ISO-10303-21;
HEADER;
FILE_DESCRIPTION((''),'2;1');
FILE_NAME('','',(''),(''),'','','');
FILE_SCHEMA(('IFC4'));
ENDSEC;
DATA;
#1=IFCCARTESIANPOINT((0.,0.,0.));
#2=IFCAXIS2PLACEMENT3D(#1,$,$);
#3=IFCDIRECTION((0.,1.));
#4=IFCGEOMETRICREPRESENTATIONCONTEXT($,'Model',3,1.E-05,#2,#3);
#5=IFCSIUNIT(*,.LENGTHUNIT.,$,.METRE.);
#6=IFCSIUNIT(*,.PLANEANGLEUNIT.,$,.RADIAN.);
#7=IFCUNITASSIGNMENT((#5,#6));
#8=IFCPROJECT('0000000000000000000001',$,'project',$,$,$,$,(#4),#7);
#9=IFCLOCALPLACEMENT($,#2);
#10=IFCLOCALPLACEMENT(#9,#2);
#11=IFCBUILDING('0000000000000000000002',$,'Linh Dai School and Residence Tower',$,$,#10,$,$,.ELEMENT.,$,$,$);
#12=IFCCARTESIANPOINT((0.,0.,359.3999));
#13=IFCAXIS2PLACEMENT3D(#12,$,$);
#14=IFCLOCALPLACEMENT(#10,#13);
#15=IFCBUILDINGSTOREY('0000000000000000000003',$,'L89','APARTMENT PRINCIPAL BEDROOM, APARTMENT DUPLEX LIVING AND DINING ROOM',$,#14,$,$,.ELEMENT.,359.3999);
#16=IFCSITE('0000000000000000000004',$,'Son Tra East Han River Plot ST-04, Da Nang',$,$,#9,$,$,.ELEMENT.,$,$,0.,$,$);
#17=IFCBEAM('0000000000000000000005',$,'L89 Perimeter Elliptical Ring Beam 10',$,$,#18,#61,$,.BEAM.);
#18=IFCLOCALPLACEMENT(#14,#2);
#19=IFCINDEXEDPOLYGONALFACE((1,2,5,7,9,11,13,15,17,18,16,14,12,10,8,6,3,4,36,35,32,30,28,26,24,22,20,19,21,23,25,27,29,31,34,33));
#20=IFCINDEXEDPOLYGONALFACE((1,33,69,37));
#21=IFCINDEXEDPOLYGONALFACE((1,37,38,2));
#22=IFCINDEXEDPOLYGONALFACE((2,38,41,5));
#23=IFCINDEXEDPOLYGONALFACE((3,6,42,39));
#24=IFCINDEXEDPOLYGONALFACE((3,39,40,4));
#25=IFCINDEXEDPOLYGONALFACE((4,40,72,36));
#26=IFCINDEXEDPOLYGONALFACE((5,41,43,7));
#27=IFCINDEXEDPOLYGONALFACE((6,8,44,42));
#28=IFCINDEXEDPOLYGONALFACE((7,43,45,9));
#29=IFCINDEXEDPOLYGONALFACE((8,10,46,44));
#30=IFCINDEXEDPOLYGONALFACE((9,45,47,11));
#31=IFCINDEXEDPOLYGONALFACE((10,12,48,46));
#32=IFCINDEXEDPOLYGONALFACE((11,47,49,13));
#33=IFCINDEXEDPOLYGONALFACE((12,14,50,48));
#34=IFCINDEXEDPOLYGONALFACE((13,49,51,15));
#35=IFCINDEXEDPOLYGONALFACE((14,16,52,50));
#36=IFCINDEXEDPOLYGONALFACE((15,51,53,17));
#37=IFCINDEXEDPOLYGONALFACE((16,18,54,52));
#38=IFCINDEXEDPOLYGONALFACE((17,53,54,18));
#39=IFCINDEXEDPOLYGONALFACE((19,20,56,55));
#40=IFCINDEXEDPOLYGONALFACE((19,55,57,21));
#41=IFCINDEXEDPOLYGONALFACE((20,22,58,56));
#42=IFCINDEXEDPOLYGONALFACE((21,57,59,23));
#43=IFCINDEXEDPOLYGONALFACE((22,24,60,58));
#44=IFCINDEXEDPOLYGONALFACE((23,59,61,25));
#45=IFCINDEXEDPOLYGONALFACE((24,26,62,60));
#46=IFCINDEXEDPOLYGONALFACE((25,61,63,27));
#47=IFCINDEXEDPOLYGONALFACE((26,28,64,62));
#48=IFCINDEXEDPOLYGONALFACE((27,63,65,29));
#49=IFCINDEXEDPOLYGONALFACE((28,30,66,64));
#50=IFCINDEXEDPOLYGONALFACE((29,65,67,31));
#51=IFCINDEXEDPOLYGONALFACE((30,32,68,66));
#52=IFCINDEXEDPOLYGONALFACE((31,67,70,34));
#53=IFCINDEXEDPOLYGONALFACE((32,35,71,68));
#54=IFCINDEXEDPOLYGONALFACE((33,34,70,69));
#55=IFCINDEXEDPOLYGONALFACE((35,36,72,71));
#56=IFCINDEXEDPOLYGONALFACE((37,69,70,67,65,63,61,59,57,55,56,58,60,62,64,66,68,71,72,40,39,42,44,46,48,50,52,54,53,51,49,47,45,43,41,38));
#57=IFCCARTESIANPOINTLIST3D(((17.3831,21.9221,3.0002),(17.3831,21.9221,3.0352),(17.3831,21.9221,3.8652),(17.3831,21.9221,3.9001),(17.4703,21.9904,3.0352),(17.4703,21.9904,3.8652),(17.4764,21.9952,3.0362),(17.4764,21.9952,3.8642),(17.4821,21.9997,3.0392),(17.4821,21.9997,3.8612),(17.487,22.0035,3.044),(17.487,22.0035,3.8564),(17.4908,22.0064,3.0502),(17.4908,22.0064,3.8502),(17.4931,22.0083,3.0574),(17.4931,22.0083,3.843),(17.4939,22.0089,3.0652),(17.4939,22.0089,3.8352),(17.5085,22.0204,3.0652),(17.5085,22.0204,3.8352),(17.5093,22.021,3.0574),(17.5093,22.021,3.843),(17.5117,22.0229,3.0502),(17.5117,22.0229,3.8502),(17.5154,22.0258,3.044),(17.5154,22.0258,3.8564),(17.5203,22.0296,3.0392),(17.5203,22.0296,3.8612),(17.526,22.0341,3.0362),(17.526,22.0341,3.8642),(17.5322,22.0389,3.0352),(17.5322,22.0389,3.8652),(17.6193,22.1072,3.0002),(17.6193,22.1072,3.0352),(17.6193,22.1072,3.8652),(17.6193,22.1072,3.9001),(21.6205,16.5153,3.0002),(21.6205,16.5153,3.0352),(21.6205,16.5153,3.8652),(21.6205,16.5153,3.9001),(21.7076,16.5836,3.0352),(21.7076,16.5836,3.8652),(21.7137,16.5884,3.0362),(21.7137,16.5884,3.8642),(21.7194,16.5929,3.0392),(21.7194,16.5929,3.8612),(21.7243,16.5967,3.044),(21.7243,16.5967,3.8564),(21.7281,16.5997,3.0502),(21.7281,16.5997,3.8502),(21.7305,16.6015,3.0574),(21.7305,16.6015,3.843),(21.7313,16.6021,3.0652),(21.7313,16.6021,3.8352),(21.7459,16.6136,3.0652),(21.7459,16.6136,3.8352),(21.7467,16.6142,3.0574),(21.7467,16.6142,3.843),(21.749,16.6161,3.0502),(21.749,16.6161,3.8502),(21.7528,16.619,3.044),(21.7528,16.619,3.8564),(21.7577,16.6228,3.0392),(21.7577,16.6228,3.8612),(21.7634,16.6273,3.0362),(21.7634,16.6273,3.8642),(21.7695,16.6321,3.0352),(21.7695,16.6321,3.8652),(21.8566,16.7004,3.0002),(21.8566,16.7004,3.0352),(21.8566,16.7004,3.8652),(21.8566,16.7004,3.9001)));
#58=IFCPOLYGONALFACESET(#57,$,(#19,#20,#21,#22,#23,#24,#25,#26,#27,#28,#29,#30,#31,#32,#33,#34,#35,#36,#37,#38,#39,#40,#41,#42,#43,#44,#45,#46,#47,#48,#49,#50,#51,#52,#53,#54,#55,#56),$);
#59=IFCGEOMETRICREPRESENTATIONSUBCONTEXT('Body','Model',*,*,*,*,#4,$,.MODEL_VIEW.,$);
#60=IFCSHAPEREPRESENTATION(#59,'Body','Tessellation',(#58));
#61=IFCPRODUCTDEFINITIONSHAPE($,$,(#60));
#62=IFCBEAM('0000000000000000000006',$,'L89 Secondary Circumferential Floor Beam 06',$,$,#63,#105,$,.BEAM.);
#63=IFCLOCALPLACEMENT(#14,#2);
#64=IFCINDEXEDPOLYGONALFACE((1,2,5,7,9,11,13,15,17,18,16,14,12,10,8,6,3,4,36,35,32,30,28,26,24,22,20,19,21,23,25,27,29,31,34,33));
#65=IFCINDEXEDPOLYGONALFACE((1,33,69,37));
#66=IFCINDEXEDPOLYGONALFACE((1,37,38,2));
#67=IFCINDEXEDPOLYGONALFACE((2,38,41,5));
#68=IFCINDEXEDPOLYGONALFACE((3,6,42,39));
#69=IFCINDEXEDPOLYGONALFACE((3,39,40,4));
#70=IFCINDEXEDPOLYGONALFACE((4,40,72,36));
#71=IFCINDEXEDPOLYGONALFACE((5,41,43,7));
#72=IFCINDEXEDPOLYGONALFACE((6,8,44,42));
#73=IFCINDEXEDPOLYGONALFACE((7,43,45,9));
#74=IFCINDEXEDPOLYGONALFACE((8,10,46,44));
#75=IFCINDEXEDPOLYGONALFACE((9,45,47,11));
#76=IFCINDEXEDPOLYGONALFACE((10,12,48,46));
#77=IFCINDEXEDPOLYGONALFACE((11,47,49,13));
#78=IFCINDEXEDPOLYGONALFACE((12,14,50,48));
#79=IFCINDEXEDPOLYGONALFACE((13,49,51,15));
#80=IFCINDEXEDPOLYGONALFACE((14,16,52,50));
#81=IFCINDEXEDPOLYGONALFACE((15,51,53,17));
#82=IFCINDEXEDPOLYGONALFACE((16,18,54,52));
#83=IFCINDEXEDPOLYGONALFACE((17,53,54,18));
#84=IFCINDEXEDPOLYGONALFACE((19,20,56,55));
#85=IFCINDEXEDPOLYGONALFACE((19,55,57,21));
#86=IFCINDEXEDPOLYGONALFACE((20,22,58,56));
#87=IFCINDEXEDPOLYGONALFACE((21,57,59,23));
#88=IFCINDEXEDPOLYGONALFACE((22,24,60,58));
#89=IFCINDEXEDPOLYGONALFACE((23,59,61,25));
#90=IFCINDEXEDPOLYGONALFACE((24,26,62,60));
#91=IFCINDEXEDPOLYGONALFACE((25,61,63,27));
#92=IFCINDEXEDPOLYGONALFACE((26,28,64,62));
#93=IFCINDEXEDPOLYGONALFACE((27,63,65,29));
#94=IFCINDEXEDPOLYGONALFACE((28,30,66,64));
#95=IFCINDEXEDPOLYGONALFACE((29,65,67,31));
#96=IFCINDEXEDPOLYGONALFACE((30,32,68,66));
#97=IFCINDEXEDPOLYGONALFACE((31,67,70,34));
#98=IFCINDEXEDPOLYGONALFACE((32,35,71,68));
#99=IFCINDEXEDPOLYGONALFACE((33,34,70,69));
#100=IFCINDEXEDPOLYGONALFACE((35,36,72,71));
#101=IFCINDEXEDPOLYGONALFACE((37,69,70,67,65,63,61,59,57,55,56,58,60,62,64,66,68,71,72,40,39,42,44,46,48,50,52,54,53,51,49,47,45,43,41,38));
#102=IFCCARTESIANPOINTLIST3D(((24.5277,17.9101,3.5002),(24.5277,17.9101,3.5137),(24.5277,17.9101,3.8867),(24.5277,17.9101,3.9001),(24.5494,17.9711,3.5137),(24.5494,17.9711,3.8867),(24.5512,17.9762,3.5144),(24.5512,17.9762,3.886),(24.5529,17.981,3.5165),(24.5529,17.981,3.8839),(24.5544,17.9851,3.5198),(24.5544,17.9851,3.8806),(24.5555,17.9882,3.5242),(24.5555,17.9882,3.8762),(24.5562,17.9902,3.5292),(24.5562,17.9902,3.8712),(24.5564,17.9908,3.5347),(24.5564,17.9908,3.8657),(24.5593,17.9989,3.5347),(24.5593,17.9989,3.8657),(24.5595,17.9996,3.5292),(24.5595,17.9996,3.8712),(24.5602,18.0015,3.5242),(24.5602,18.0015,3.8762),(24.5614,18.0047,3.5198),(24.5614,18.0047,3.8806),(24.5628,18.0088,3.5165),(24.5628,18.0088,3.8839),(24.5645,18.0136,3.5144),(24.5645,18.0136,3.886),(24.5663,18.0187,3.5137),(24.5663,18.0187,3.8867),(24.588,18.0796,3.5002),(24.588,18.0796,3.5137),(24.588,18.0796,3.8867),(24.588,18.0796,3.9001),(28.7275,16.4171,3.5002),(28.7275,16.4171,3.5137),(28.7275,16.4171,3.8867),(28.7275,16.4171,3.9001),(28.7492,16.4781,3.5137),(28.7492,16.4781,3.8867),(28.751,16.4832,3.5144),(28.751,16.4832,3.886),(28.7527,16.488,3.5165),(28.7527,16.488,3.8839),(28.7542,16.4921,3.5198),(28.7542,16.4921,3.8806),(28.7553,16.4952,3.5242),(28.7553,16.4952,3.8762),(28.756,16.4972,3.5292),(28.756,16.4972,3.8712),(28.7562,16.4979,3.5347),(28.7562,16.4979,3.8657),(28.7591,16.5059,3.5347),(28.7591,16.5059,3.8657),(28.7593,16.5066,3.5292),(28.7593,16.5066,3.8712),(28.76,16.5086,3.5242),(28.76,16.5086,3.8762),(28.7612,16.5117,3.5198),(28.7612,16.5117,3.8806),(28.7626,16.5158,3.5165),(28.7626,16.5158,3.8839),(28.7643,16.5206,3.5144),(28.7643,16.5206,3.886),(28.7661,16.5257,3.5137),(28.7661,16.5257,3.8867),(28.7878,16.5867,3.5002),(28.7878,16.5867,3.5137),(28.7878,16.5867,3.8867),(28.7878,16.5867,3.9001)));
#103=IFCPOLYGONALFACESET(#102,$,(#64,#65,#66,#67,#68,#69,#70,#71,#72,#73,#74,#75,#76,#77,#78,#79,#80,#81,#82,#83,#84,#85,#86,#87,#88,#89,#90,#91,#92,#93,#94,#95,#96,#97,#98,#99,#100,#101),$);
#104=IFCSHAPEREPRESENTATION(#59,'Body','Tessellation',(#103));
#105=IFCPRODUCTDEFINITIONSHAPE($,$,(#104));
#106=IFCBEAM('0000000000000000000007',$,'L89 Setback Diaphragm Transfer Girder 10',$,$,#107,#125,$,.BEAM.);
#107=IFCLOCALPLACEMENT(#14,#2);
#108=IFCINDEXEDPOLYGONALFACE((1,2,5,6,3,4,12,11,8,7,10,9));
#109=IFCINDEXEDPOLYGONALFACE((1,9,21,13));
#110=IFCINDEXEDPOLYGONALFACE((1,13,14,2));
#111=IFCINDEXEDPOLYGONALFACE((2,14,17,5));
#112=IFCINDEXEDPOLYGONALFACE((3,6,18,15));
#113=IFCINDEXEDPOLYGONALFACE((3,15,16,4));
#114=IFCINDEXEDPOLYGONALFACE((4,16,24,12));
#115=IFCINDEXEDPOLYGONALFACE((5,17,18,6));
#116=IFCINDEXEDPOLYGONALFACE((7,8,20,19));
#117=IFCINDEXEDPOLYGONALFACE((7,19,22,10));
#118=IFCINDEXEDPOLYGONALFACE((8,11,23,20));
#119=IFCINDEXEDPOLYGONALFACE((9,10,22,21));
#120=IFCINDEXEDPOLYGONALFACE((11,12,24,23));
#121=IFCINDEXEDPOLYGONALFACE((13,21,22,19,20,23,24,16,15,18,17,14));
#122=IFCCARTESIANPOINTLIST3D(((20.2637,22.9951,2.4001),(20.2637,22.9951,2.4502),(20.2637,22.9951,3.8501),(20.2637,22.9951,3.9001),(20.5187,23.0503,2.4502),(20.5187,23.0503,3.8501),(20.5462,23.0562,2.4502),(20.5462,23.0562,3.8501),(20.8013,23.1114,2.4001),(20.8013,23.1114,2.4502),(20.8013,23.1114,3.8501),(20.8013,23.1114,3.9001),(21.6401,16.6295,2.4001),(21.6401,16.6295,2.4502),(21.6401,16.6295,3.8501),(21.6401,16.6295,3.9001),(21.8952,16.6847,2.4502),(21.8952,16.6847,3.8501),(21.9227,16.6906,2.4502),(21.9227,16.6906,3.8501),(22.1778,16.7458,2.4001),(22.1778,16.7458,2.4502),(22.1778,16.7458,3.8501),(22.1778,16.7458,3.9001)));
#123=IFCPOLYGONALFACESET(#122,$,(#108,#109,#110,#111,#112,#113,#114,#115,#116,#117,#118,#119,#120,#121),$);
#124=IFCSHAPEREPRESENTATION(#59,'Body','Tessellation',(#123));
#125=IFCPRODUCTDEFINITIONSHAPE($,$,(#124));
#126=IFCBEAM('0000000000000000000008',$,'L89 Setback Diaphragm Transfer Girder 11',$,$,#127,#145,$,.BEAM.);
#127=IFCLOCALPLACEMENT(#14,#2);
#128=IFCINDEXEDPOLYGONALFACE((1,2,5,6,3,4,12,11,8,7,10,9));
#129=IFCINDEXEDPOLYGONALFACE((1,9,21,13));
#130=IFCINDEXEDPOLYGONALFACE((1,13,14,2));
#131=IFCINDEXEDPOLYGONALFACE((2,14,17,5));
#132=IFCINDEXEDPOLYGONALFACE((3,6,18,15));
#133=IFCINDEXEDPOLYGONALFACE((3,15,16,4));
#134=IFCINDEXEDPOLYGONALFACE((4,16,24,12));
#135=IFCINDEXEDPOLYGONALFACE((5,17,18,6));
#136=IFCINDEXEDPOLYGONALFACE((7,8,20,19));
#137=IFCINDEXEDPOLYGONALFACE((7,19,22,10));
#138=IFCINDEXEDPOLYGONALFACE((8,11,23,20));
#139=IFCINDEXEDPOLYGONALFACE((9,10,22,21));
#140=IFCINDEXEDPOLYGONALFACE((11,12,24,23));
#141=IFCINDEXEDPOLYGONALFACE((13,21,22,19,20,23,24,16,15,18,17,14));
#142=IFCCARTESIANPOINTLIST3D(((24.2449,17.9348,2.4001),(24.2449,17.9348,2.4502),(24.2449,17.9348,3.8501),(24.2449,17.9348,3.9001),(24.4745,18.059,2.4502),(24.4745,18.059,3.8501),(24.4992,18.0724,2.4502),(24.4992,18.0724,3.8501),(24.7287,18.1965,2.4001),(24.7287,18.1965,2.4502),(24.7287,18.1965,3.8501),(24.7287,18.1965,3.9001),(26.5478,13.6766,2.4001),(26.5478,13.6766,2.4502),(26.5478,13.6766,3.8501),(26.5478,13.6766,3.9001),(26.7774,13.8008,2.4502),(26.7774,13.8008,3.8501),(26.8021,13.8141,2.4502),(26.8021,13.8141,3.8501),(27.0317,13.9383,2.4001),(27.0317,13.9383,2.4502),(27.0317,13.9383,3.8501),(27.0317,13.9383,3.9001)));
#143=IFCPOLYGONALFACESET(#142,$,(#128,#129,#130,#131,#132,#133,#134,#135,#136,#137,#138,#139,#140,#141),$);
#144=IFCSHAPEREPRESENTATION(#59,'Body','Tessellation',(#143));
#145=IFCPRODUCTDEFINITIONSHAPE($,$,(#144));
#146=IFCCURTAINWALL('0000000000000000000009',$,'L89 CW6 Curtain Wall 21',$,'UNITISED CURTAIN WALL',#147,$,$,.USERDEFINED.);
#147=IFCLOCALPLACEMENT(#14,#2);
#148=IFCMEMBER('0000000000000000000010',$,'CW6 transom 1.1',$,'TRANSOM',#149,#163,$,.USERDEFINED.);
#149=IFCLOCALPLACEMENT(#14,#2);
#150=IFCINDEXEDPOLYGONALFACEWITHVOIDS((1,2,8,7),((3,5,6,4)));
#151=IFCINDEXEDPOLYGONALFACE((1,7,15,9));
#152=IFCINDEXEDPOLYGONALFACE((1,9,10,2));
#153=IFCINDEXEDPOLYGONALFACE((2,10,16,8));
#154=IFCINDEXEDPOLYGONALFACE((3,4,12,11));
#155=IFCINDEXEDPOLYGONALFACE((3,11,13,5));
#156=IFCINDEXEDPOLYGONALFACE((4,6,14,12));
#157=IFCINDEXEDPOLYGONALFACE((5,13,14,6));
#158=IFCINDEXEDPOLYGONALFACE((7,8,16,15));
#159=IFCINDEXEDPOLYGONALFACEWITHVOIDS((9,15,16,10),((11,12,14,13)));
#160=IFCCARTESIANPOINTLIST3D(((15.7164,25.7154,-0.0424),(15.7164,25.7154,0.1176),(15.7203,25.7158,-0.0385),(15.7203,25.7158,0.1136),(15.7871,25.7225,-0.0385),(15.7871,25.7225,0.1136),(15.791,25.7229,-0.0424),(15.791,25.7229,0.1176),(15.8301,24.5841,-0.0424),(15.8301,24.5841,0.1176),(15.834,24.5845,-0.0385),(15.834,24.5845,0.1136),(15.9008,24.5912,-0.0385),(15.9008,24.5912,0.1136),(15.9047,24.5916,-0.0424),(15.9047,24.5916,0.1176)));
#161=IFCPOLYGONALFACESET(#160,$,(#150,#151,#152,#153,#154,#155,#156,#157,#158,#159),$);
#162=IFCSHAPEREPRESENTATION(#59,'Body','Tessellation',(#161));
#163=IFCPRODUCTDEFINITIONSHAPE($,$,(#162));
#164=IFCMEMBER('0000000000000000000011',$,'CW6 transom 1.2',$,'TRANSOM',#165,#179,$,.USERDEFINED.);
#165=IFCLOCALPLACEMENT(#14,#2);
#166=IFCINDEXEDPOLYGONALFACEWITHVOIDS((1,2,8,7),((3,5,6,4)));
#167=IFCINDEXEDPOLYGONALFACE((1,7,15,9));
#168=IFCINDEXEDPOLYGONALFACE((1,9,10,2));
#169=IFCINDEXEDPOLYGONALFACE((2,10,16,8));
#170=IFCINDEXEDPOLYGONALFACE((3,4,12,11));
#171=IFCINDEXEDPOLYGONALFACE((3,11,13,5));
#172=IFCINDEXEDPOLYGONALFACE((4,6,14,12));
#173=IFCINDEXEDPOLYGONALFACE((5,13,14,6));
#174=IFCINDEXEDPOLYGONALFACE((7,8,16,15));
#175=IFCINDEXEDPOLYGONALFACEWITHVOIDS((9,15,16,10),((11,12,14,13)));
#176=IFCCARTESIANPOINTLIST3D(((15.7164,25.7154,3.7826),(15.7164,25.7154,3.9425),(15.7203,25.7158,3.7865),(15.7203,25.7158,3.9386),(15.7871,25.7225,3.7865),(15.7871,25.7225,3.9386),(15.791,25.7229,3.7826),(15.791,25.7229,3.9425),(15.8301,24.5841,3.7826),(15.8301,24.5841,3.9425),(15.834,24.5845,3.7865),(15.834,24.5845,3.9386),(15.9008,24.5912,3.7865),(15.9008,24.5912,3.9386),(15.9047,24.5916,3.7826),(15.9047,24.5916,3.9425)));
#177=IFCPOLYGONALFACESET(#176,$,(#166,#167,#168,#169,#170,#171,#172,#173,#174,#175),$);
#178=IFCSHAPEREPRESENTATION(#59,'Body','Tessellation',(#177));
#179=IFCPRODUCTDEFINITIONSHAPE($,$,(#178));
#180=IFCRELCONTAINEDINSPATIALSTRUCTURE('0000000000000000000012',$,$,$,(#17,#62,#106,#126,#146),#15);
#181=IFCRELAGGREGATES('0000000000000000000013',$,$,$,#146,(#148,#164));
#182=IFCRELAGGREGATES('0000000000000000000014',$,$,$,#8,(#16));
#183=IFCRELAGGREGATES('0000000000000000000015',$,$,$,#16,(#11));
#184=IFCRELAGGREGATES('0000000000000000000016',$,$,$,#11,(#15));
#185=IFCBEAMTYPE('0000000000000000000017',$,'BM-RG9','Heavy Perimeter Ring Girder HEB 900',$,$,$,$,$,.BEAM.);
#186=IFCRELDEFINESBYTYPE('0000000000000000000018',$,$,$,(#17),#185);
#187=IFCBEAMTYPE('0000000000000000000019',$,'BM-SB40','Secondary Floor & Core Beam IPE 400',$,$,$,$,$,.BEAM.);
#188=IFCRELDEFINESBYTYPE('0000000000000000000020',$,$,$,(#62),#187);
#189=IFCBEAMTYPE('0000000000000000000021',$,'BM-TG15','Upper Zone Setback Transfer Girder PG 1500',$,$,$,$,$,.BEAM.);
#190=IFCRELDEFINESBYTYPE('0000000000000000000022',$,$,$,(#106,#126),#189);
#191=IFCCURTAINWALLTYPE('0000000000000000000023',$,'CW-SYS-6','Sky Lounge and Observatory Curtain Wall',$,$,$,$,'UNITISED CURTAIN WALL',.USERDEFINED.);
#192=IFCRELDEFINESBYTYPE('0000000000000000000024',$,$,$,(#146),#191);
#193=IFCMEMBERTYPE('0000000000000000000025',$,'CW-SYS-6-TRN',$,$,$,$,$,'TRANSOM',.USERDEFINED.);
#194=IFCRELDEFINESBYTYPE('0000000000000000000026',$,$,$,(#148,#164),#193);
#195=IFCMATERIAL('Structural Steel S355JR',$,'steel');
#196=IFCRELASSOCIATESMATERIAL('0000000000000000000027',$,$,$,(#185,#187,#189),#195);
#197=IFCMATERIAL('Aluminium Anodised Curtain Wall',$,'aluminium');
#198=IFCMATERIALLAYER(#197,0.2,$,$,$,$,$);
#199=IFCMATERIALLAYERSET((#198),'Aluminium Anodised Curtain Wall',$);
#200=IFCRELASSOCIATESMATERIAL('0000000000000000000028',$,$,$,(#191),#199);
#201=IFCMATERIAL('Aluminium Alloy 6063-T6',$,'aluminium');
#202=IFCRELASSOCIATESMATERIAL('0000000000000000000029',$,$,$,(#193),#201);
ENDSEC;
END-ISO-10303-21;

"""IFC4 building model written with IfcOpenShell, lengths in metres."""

from ifc_helpers import new_model, si_unit, direction, frame, origin, origin_2d, place, context, subcontext, project, spatial, hollow_rectangle, i_section, extrude, source, transform, mapped, material, layer, layer_set, material_profile, profile_set, type_object, element, aggregate, save


model = new_model("IFC4")

# Units and contexts
model_context = context("Model", 3, precision=1e-05, world=origin(), true_north=direction((0.0, 1.0)))
body_context = subcontext(model_context, "Body", "Model", "MODEL_VIEW")
ifc_project = project(units=[si_unit("LENGTHUNIT", "METRE"), si_unit("PLANEANGLEUNIT", "RADIAN")], contexts=[model_context])

# Site, building, storey
site_placement = place(None, origin())
site = spatial("IfcSite", under=ifc_project, at=site_placement, Name="Son Tra East Han River Plot ST-04, Da Nang", CompositionType="ELEMENT", RefElevation=0.0)
building_placement = place(site_placement, origin())
building = spatial("IfcBuilding", under=site, at=building_placement, Name="Linh Dai School and Residence Tower", CompositionType="ELEMENT")
storey_placement = place(building_placement, frame((0.0, 0.0, 359.3999)))
storey = spatial("IfcBuildingStorey", under=building, at=storey_placement, Name="L89", Description="APARTMENT PRINCIPAL BEDROOM, APARTMENT DUPLEX LIVING AND DINING ROOM", CompositionType="ELEMENT", Elevation=359.3999)

# Shared definitions
ifc_material_1 = material(Name="Structural Steel S355JR", Category="steel")

# Beams
ifc_material_profile_1 = material_profile(ifc_material_1, i_section(OverallWidth=0.3, OverallDepth=0.8999, WebThickness=0.0186, FlangeThickness=0.0349, FilletRadius=0.03, at=origin_2d()), Name="HEB 900")
ifc_profile_set_1 = profile_set([ifc_material_profile_1], Name="Structural Steel S355JR")
beam_type_1 = type_object("IfcBeamType", Name="BM-RG9", Description="Heavy Perimeter Ring Girder HEB 900", PredefinedType="BEAM", material=ifc_profile_set_1)
beam_1_placement = place(storey_placement, frame((17.5012, 22.0146, 3.4502), z_axis=(0.616845, -0.787085, 0.0), x_axis=(0.787085, 0.616845, 0.0)))
element("IfcBeam", 1, at=beam_1_placement, inside=storey, type_object=beam_type_1, Name="L89 Perimeter Elliptical Ring Beam 10", PredefinedType="BEAM", context=body_context, shape_type="SweptSolid", body=[
    extrude(i_section(OverallWidth=0.3, OverallDepth=0.8999, WebThickness=0.0186, FlangeThickness=0.0349, FilletRadius=0.03, at=origin_2d()), origin(), (0.0, 0.0, 1.0), 6.8694),
])
ifc_material_profile_2 = material_profile(ifc_material_1, i_section(OverallWidth=0.1799, OverallDepth=0.3999, WebThickness=0.0085, FlangeThickness=0.0134, FilletRadius=0.021, at=origin_2d()), Name="IPE 400")
ifc_profile_set_2 = profile_set([ifc_material_profile_2], Name="Structural Steel S355JR")
beam_type_2 = type_object("IfcBeamType", Name="BM-SB40", Description="Secondary Floor & Core Beam IPE 400", PredefinedType="BEAM", material=ifc_profile_set_2)
beam_2_placement = place(storey_placement, frame((24.5579, 17.9949, 3.7002), z_axis=(0.942237, -0.334948, 0.0), x_axis=(0.334948, 0.942237, 0.0)))
element("IfcBeam", 2, at=beam_2_placement, inside=storey, type_object=beam_type_2, Name="L89 Secondary Circumferential Floor Beam 06", PredefinedType="BEAM", context=body_context, shape_type="SweptSolid", body=[
    extrude(i_section(OverallWidth=0.1799, OverallDepth=0.3999, WebThickness=0.0085, FlangeThickness=0.0134, FilletRadius=0.021, at=origin_2d()), origin(), (0.0, 0.0, 1.0), 4.4573),
])
ifc_material_profile_3 = material_profile(ifc_material_1, i_section(OverallWidth=0.55, OverallDepth=1.5, WebThickness=0.0281, FlangeThickness=0.05, at=origin_2d()), Name="PG 1500x550x28x50")
ifc_profile_set_3 = profile_set([ifc_material_profile_3], Name="Structural Steel S355JR")
beam_type_3 = type_object("IfcBeamType", Name="BM-TG15", Description="Upper Zone Setback Transfer Girder PG 1500", PredefinedType="BEAM", material=ifc_profile_set_3)
beam_3_placement = place(storey_placement, frame((20.5325, 23.0532, 3.1501), z_axis=(0.211354, -0.97741, 0.0), x_axis=(0.97741, 0.211354, 0.0)))
element("IfcBeam", 3, at=beam_3_placement, inside=storey, type_object=beam_type_3, Name="L89 Setback Diaphragm Transfer Girder 10", PredefinedType="BEAM", context=body_context, shape_type="SweptSolid", body=[
    extrude(i_section(OverallWidth=0.55, OverallDepth=1.5, WebThickness=0.0281, FlangeThickness=0.05, at=origin_2d()), origin(), (0.0, 0.0, 1.0), 6.5127),
])
beam_4_placement = place(storey_placement, frame((24.4868, 18.0657, 3.1501), z_axis=(0.475708, -0.879603, 0.0), x_axis=(0.879603, 0.475708, 0.0)))
element("IfcBeam", 4, at=beam_4_placement, inside=storey, type_object=beam_type_3, Name="L89 Setback Diaphragm Transfer Girder 11", PredefinedType="BEAM", context=body_context, shape_type="SweptSolid", body=[
    extrude(i_section(OverallWidth=0.55, OverallDepth=1.5, WebThickness=0.0281, FlangeThickness=0.05, at=origin_2d()), origin(), (0.0, 0.0, 1.0), 4.8411),
])

# Curtain wall, members
ifc_material_2 = material(Name="Aluminium Anodised Curtain Wall", Category="aluminium")
ifc_layer_1 = layer(ifc_material_2, 0.2)
ifc_layer_set_1 = layer_set([ifc_layer_1], Name="Aluminium Anodised Curtain Wall")
curtain_wall_type = type_object("IfcCurtainWallType", Name="CW-SYS-6", Description="Sky Lounge and Observatory Curtain Wall", ElementType="UNITISED CURTAIN WALL", PredefinedType="USERDEFINED", material=ifc_layer_set_1)
curtain_wall_placement = place(storey_placement, origin())
curtain_wall = element("IfcCurtainWall", 5, at=curtain_wall_placement, inside=storey, type_object=curtain_wall_type, Name="L89 CW6 Curtain Wall 21", ObjectType="UNITISED CURTAIN WALL", PredefinedType="USERDEFINED")
ifc_material_3 = material(Name="Aluminium Alloy 6063-T6", Category="aluminium")
ifc_material_profile_4 = material_profile(ifc_material_3, hollow_rectangle(XDim=0.075, YDim=0.1599, WallThickness=0.0039, at=origin_2d()), Name="RHS 160x75x4")
ifc_profile_set_4 = profile_set([ifc_material_profile_4], Name="Aluminium Alloy 6063-T6")
member_type_1 = type_object("IfcMemberType", Name="CW-SYS-6-TRN", ElementType="TRANSOM", PredefinedType="USERDEFINED", material=ifc_profile_set_4)
shared_shape_1 = source(origin(), body_context, "Body", "SweptSolid", [
    extrude(hollow_rectangle(XDim=0.075, YDim=0.1599, WallThickness=0.0039, at=origin_2d()), origin(), (0.0, 0.0, 1.0), 1.137),
])
member_1_placement = place(storey_placement, frame((15.8674, 24.5879, 0.0376), z_axis=(-0.100056, 0.994982, 0.0), x_axis=(-0.994982, -0.100056, 0.0)))
member_1 = element("IfcMember", 6, at=member_1_placement, type_object=member_type_1, Name="CW6 transom 1.1", ObjectType="TRANSOM", PredefinedType="USERDEFINED", context=body_context, shape_type="MappedRepresentation", body=[
    mapped(shared_shape_1, transform((0.0, 0.0, 0.0), x_axis=(1.0, 0.0, 0.0), y_axis=(0.0, 1.0, 0.0), z_axis=(0.0, 0.0, 1.0), scale=1.0)),
])
member_2_placement = place(storey_placement, frame((15.8674, 24.5879, 3.8625), z_axis=(-0.100056, 0.994982, 0.0), x_axis=(-0.994982, -0.100056, 0.0)))
member_2 = element("IfcMember", 7, at=member_2_placement, type_object=member_type_1, Name="CW6 transom 1.2", ObjectType="TRANSOM", PredefinedType="USERDEFINED", context=body_context, shape_type="MappedRepresentation", body=[
    mapped(shared_shape_1, transform((0.0, 0.0, 0.0), x_axis=(1.0, 0.0, 0.0), y_axis=(0.0, 1.0, 0.0), z_axis=(0.0, 0.0, 1.0), scale=1.0)),
])

aggregate(curtain_wall, [member_1, member_2])

save(model, "model.ifc")
